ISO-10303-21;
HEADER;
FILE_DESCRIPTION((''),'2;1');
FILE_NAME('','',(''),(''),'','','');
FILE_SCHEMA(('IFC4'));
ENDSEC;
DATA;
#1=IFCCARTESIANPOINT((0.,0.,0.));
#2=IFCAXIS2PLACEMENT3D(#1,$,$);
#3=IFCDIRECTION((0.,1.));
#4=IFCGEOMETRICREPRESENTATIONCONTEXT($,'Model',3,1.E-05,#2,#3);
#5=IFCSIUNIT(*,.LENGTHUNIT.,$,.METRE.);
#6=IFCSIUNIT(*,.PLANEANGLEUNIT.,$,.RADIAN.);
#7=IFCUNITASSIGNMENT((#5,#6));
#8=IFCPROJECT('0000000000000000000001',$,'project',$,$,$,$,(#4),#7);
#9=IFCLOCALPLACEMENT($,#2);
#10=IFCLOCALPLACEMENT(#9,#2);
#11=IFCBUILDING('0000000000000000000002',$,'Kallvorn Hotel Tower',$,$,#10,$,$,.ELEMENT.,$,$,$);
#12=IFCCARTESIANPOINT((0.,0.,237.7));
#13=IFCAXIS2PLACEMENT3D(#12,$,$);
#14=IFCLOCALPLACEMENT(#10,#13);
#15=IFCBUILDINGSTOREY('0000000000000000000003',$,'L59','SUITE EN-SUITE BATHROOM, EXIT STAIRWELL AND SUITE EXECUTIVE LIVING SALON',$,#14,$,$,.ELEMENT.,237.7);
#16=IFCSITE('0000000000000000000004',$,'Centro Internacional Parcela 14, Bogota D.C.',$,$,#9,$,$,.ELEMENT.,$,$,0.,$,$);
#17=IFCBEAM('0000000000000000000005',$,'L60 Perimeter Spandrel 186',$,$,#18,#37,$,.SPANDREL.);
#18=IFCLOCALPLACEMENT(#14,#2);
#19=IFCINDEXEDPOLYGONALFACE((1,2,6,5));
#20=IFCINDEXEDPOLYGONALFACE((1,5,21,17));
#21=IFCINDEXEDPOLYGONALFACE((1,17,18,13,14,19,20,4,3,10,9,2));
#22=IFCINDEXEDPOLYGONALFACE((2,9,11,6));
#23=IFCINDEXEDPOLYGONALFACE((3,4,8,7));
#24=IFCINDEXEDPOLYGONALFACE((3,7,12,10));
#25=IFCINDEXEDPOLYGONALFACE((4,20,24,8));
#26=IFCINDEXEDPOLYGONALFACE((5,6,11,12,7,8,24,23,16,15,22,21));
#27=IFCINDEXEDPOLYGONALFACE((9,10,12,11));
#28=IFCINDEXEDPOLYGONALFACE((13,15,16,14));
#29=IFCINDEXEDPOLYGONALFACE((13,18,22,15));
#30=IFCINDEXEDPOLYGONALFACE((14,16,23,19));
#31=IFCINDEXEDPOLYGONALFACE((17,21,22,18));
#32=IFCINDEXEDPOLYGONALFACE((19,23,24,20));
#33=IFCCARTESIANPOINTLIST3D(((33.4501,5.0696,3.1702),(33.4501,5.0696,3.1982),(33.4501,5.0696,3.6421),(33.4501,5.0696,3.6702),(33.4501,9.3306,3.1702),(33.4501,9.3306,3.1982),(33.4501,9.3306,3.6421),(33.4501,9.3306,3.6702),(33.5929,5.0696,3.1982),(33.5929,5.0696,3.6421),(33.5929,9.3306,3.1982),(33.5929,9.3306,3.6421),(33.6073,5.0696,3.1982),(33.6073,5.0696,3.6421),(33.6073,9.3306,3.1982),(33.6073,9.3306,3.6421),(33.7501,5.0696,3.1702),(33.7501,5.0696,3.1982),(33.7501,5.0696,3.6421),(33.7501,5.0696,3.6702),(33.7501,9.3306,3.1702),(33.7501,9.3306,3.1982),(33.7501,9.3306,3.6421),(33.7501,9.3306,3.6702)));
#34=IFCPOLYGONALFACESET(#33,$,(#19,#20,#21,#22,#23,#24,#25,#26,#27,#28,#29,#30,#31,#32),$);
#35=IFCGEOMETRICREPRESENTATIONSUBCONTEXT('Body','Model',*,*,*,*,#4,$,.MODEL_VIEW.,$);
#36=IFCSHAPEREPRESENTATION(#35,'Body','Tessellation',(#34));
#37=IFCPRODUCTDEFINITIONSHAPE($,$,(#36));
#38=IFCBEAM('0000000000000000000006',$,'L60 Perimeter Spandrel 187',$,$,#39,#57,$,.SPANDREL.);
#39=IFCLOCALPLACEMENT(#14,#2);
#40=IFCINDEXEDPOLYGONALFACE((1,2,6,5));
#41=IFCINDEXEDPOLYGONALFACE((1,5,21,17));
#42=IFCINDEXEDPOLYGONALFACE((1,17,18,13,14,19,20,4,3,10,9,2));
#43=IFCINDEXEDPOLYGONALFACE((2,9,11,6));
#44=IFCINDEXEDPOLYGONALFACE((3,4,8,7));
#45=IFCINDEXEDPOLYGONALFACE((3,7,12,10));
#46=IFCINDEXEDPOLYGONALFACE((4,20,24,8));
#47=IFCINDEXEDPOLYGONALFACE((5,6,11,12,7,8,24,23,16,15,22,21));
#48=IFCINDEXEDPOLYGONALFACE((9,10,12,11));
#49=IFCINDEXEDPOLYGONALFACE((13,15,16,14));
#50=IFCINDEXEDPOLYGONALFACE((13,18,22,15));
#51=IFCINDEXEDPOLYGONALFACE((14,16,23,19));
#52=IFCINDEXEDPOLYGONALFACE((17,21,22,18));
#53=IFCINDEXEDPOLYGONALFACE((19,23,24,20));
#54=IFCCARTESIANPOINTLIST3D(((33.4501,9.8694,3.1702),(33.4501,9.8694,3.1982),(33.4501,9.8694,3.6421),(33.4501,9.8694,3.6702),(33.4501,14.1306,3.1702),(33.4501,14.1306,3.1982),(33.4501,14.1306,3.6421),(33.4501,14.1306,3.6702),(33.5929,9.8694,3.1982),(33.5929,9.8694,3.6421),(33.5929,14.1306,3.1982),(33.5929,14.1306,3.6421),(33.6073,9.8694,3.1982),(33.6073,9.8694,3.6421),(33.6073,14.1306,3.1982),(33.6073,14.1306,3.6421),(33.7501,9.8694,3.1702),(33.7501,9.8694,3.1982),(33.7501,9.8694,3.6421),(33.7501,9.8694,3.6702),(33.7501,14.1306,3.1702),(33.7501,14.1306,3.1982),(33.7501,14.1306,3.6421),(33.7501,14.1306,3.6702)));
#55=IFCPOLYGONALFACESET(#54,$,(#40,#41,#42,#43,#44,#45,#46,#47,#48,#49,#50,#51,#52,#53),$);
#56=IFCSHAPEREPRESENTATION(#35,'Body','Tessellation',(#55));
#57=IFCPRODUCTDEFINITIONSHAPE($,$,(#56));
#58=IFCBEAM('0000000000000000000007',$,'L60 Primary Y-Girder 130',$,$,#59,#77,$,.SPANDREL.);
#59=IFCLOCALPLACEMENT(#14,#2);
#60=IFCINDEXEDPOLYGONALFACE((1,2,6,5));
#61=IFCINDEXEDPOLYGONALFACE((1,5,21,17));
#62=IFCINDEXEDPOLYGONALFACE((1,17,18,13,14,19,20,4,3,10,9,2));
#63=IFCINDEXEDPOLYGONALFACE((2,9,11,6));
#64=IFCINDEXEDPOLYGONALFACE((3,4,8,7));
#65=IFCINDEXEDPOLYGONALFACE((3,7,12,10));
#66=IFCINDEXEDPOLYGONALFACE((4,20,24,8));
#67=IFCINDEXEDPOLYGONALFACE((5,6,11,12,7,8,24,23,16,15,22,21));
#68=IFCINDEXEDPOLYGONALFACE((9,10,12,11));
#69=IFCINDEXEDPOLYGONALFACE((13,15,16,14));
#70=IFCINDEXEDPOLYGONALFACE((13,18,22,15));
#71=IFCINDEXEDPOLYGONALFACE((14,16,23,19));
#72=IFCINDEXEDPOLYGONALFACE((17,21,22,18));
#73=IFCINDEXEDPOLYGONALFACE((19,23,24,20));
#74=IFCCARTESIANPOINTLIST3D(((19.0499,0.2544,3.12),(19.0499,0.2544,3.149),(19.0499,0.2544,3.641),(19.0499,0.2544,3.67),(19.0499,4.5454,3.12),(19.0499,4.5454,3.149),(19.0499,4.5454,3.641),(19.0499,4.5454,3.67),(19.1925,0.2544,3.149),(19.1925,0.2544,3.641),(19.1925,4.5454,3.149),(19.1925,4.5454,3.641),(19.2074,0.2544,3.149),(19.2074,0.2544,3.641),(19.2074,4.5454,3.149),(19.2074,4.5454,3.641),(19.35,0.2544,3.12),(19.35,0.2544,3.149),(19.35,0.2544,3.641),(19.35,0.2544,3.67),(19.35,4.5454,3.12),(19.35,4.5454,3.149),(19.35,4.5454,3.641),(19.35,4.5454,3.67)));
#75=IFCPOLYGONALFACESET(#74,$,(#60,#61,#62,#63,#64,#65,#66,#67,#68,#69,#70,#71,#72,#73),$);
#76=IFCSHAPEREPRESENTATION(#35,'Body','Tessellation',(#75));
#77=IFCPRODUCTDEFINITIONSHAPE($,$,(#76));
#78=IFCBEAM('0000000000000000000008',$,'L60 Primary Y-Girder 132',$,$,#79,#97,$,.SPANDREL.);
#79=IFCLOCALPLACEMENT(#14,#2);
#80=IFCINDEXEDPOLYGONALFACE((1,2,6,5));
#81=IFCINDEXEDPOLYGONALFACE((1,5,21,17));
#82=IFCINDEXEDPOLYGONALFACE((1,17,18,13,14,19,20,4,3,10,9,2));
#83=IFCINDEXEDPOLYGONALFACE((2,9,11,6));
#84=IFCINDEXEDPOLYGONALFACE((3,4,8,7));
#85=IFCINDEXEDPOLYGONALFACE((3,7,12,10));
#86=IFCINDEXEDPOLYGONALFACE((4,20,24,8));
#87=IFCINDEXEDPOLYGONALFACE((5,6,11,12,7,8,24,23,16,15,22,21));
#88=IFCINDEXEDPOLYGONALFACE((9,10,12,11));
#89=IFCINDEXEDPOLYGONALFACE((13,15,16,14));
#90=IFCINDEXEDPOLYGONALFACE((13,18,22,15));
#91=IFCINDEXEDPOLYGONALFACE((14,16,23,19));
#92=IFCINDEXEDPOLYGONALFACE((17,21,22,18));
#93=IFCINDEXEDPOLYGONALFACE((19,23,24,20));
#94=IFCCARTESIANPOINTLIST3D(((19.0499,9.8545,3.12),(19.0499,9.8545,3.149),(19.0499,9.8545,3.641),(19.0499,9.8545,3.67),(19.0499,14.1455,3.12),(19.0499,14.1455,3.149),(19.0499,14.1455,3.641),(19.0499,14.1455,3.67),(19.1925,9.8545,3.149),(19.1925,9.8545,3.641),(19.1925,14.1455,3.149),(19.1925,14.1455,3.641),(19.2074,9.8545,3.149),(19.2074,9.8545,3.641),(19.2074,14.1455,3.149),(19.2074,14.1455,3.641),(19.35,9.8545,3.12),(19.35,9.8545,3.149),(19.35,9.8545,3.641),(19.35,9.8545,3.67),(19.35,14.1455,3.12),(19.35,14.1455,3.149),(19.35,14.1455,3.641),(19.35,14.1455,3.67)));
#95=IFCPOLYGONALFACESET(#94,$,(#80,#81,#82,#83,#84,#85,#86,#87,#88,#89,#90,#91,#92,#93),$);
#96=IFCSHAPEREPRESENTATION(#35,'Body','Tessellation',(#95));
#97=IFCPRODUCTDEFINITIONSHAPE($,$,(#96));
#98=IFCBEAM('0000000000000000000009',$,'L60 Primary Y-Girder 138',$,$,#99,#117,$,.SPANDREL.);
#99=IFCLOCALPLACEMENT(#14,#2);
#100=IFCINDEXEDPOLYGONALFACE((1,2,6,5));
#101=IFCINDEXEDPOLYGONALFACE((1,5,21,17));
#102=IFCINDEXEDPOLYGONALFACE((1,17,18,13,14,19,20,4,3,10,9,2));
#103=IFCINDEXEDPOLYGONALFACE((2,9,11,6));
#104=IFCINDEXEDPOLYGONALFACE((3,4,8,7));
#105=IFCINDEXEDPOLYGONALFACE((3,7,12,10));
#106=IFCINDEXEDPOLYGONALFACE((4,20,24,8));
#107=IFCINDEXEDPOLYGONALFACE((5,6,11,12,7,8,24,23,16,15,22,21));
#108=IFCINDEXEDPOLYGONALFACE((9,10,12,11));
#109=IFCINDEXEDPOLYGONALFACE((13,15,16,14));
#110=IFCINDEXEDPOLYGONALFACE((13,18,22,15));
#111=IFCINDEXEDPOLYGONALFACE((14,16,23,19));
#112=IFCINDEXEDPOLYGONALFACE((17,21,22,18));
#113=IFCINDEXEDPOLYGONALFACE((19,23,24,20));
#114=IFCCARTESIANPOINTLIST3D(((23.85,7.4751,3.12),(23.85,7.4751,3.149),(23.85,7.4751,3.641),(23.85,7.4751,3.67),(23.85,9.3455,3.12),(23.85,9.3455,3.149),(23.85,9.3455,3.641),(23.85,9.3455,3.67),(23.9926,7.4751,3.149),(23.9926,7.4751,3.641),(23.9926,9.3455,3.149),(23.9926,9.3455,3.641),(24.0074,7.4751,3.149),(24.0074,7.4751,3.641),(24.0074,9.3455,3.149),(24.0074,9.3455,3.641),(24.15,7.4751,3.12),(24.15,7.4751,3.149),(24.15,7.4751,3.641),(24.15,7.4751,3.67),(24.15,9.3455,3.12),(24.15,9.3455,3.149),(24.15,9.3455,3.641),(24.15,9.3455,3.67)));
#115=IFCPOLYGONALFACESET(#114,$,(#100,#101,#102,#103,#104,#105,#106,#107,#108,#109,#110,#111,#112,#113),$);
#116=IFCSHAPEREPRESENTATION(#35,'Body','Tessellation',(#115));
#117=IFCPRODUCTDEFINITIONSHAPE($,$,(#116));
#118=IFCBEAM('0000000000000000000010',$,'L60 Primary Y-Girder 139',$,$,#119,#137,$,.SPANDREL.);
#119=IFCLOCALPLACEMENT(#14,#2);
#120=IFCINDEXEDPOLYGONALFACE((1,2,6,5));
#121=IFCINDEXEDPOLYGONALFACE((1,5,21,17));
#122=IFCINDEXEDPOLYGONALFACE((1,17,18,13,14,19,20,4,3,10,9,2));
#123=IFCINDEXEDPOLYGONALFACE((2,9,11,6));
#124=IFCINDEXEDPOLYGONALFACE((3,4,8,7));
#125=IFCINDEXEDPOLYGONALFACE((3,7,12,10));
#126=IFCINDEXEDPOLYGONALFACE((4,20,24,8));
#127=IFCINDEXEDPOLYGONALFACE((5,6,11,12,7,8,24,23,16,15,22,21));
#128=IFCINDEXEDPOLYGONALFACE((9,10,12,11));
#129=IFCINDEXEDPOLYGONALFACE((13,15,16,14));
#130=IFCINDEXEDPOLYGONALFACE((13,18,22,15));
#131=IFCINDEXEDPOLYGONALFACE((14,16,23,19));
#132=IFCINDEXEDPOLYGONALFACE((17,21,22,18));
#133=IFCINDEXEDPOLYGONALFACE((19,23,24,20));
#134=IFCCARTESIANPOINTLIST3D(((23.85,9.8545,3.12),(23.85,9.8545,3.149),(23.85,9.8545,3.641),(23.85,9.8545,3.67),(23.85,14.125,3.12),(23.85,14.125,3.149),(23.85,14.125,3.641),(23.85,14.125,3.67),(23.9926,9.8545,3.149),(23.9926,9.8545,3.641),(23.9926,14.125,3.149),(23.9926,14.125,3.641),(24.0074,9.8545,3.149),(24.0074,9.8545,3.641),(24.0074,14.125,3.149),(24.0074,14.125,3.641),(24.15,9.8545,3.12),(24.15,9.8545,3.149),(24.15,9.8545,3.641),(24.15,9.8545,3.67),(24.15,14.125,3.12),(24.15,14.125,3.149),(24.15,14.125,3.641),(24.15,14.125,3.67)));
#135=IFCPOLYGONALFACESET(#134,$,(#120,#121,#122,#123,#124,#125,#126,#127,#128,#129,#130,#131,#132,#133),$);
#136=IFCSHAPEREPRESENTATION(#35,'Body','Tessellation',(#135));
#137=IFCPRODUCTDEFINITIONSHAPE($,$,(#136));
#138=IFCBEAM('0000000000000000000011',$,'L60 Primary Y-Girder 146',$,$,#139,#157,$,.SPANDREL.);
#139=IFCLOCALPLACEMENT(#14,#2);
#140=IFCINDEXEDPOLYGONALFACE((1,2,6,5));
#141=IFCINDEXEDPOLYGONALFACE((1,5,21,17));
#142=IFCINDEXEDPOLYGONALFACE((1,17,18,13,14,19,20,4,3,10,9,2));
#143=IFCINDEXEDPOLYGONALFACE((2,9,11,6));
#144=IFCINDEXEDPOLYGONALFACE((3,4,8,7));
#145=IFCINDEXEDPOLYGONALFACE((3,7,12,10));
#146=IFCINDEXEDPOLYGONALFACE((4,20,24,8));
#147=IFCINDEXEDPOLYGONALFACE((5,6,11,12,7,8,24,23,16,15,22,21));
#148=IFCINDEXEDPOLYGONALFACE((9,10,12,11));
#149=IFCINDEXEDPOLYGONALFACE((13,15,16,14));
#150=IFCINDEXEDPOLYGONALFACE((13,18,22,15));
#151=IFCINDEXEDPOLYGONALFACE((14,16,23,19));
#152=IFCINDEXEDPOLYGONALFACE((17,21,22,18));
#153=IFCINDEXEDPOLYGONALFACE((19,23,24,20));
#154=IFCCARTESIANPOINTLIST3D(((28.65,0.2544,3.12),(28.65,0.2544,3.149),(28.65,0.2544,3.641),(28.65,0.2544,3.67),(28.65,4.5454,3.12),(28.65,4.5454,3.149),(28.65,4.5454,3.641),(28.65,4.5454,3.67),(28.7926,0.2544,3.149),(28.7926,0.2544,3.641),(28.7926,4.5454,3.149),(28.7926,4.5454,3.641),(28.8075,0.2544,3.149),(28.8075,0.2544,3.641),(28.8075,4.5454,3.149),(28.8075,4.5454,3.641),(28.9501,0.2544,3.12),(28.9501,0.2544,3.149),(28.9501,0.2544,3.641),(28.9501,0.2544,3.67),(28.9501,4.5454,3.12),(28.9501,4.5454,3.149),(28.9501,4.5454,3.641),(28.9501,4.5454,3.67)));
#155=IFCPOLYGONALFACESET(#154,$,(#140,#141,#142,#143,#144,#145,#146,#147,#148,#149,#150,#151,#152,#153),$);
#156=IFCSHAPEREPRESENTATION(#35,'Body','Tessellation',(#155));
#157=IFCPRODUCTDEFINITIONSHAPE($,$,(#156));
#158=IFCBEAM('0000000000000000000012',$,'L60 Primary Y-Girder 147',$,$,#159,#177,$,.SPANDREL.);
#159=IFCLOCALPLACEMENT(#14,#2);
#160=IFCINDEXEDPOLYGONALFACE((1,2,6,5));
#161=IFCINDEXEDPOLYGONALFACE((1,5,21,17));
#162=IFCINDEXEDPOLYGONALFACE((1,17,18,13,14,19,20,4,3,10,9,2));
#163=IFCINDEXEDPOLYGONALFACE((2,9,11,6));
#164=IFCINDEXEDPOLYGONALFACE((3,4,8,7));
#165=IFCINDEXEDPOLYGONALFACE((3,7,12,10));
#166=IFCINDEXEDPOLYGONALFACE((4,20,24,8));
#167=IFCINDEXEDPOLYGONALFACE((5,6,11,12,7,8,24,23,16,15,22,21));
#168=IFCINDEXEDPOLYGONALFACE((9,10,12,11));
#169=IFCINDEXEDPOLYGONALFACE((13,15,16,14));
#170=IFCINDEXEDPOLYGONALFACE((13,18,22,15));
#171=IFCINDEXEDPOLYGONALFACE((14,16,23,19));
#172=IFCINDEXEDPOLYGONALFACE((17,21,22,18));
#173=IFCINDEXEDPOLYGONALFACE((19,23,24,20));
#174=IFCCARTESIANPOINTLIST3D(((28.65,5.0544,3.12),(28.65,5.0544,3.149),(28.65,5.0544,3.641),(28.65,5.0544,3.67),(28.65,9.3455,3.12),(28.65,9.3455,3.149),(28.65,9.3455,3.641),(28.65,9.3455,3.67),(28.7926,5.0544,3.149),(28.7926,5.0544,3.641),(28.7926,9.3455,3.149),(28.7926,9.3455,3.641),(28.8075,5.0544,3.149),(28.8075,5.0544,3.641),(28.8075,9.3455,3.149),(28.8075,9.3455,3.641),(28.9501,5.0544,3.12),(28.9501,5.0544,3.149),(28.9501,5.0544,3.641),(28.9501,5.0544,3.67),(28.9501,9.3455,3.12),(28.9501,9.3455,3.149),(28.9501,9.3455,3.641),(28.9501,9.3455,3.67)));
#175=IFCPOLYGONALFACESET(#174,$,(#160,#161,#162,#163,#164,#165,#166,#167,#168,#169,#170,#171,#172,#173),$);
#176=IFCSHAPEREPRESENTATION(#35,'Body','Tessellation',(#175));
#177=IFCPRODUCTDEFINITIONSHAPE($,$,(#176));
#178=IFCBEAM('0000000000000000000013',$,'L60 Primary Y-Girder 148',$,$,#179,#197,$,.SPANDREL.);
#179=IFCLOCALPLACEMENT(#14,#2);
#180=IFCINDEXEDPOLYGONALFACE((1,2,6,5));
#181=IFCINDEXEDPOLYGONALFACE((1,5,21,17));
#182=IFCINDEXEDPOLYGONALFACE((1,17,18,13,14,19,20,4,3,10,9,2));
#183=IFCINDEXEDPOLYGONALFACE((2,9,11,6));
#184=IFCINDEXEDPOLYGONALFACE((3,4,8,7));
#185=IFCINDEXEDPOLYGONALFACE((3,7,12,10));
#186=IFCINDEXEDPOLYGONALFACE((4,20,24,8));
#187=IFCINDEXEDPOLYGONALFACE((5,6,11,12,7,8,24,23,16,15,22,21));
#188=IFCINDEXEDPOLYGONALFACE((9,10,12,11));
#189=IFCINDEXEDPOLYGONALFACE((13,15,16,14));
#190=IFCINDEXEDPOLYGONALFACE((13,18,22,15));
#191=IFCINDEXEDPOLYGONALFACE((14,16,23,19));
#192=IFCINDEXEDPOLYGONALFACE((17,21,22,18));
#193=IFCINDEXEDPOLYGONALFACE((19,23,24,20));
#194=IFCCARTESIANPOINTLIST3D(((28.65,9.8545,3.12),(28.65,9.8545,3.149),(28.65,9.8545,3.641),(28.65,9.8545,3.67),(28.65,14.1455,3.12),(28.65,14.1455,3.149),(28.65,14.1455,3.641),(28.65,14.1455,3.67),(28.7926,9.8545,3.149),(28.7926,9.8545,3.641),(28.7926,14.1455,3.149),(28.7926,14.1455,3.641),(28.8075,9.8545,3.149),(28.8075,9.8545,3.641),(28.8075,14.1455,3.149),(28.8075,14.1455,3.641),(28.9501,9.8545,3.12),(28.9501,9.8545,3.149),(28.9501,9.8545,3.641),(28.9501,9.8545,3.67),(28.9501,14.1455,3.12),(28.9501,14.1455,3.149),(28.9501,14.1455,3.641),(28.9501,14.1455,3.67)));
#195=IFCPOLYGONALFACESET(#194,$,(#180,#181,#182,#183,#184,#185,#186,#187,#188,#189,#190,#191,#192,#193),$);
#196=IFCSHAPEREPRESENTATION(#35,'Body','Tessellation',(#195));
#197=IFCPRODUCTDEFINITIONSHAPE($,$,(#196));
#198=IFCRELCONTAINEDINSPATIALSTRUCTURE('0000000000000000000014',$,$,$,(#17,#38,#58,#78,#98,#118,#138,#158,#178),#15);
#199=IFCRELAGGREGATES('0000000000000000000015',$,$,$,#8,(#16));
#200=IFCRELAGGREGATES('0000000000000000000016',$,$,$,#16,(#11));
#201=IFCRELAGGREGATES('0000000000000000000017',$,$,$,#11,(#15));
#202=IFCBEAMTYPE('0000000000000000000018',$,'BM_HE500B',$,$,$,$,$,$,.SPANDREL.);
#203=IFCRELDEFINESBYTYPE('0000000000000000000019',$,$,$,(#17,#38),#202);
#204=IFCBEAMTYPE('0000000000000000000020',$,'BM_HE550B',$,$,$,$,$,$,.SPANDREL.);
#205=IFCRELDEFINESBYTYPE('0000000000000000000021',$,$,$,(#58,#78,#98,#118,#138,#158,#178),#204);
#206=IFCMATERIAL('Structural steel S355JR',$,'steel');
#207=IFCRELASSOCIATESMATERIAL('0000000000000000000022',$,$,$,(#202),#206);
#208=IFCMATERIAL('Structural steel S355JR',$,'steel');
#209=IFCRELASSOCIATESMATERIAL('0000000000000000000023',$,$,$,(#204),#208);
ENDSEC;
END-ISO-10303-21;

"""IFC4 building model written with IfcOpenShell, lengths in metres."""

from ifc_helpers import new_model, si_unit, direction, frame, origin, origin_2d, place, context, subcontext, project, spatial, i_section, extrude, material, material_profile, profile_set, type_object, element, save


model = new_model("IFC4")

# Units and contexts
model_context = context("Model", 3, precision=1e-05, world=origin(), true_north=direction((0.0, 1.0)))
body_context = subcontext(model_context, "Body", "Model", "MODEL_VIEW")
ifc_project = project(units=[si_unit("LENGTHUNIT", "METRE"), si_unit("PLANEANGLEUNIT", "RADIAN")], contexts=[model_context])

# Site, building, storey
site_placement = place(None, origin())
site = spatial("IfcSite", under=ifc_project, at=site_placement, Name="Centro Internacional Parcela 14, Bogota D.C.", CompositionType="ELEMENT", RefElevation=0.0)
building_placement = place(site_placement, origin())
building = spatial("IfcBuilding", under=site, at=building_placement, Name="Kallvorn Hotel Tower", CompositionType="ELEMENT")
storey_placement = place(building_placement, frame((0.0, 0.0, 237.7)))
storey = spatial("IfcBuildingStorey", under=building, at=storey_placement, Name="L59", Description="SUITE EN-SUITE BATHROOM, EXIT STAIRWELL AND SUITE EXECUTIVE LIVING SALON", CompositionType="ELEMENT", Elevation=237.7)

# Beams
ifc_material_1 = material(Name="Structural steel S355JR", Category="steel")
ifc_material_profile_1 = material_profile(ifc_material_1, i_section(OverallWidth=0.3, OverallDepth=0.5, WebThickness=0.0144, FlangeThickness=0.0281, at=origin_2d()), Name="HE 500 B")
ifc_profile_set_1 = profile_set([ifc_material_profile_1], Name="Structural steel S355JR")
beam_type_1 = type_object("IfcBeamType", Name="BM_HE500B", PredefinedType="SPANDREL", material=ifc_profile_set_1)
for number, where, z_axis, x_axis, name in (
    (1, (33.6001, 5.0696, 3.4202), (0.0, 1.0, 0.0), (-1.0, 0.0, 0.0), "L60 Perimeter Spandrel 186"),
):
    element("IfcBeam", number, at=place(storey_placement, frame(where, z_axis=z_axis, x_axis=x_axis)), inside=storey, type_object=beam_type_1, Name=name, PredefinedType="SPANDREL", context=body_context, shape_type="SweptSolid", body=[
        extrude(i_section(OverallWidth=0.3, OverallDepth=0.5, WebThickness=0.0144, FlangeThickness=0.0281, at=origin_2d()), origin(), (0.0, 0.0, 1.0), 4.261),
    ])
beam_1_placement = place(storey_placement, frame((33.6001, 9.8694, 3.4202), z_axis=(0.0, 1.0, 0.0), x_axis=(-1.0, 0.0, 0.0)))
element("IfcBeam", 2, at=beam_1_placement, inside=storey, type_object=beam_type_1, Name="L60 Perimeter Spandrel 187", PredefinedType="SPANDREL", context=body_context, shape_type="SweptSolid", body=[
    extrude(i_section(OverallWidth=0.3, OverallDepth=0.5, WebThickness=0.0144, FlangeThickness=0.0281, at=origin_2d()), origin(), (0.0, 0.0, 1.0), 4.2612),
])
ifc_material_2 = material(Name="Structural steel S355JR", Category="steel")
ifc_material_profile_2 = material_profile(ifc_material_2, i_section(OverallWidth=0.3, OverallDepth=0.55, WebThickness=0.0149, FlangeThickness=0.0291, at=origin_2d()), Name="HE 550 B")
ifc_profile_set_2 = profile_set([ifc_material_profile_2], Name="Structural steel S355JR")
beam_type_2 = type_object("IfcBeamType", Name="BM_HE550B", PredefinedType="SPANDREL", material=ifc_profile_set_2)
for number, where, z_axis, x_axis, name in (
    (3, (19.2, 0.2544, 3.395), (0.0, 1.0, 0.0), (-1.0, 0.0, 0.0), "L60 Primary Y-Girder 130"),
    (4, (19.2, 9.8545, 3.395), (0.0, 1.0, 0.0), (-1.0, 0.0, 0.0), "L60 Primary Y-Girder 132"),
):
    element("IfcBeam", number, at=place(storey_placement, frame(where, z_axis=z_axis, x_axis=x_axis)), inside=storey, type_object=beam_type_2, Name=name, PredefinedType="SPANDREL", context=body_context, shape_type="SweptSolid", body=[
        extrude(i_section(OverallWidth=0.3, OverallDepth=0.55, WebThickness=0.0149, FlangeThickness=0.0291, at=origin_2d()), origin(), (0.0, 0.0, 1.0), 4.291),
    ])
beam_2_placement = place(storey_placement, frame((24.0, 7.4751, 3.395), z_axis=(0.0, 1.0, 0.0), x_axis=(-1.0, 0.0, 0.0)))
element("IfcBeam", 5, at=beam_2_placement, inside=storey, type_object=beam_type_2, Name="L60 Primary Y-Girder 138", PredefinedType="SPANDREL", context=body_context, shape_type="SweptSolid", body=[
    extrude(i_section(OverallWidth=0.3, OverallDepth=0.55, WebThickness=0.0149, FlangeThickness=0.0291, at=origin_2d()), origin(), (0.0, 0.0, 1.0), 1.8704),
])
beam_3_placement = place(storey_placement, frame((24.0, 9.8545, 3.395), z_axis=(0.0, 1.0, 0.0), x_axis=(-1.0, 0.0, 0.0)))
element("IfcBeam", 6, at=beam_3_placement, inside=storey, type_object=beam_type_2, Name="L60 Primary Y-Girder 139", PredefinedType="SPANDREL", context=body_context, shape_type="SweptSolid", body=[
    extrude(i_section(OverallWidth=0.3, OverallDepth=0.55, WebThickness=0.0149, FlangeThickness=0.0291, at=origin_2d()), origin(), (0.0, 0.0, 1.0), 4.2705),
])
for number, where, z_axis, x_axis, name in (
    (7, (28.8, 0.2544, 3.395), (0.0, 1.0, 0.0), (-1.0, 0.0, 0.0), "L60 Primary Y-Girder 146"),
    (8, (28.8, 5.0544, 3.395), (0.0, 1.0, 0.0), (-1.0, 0.0, 0.0), "L60 Primary Y-Girder 147"),
    (9, (28.8, 9.8545, 3.395), (0.0, 1.0, 0.0), (-1.0, 0.0, 0.0), "L60 Primary Y-Girder 148"),
):
    element("IfcBeam", number, at=place(storey_placement, frame(where, z_axis=z_axis, x_axis=x_axis)), inside=storey, type_object=beam_type_2, Name=name, PredefinedType="SPANDREL", context=body_context, shape_type="SweptSolid", body=[
        extrude(i_section(OverallWidth=0.3, OverallDepth=0.55, WebThickness=0.0149, FlangeThickness=0.0291, at=origin_2d()), origin(), (0.0, 0.0, 1.0), 4.291),
    ])

save(model, "model.ifc")
